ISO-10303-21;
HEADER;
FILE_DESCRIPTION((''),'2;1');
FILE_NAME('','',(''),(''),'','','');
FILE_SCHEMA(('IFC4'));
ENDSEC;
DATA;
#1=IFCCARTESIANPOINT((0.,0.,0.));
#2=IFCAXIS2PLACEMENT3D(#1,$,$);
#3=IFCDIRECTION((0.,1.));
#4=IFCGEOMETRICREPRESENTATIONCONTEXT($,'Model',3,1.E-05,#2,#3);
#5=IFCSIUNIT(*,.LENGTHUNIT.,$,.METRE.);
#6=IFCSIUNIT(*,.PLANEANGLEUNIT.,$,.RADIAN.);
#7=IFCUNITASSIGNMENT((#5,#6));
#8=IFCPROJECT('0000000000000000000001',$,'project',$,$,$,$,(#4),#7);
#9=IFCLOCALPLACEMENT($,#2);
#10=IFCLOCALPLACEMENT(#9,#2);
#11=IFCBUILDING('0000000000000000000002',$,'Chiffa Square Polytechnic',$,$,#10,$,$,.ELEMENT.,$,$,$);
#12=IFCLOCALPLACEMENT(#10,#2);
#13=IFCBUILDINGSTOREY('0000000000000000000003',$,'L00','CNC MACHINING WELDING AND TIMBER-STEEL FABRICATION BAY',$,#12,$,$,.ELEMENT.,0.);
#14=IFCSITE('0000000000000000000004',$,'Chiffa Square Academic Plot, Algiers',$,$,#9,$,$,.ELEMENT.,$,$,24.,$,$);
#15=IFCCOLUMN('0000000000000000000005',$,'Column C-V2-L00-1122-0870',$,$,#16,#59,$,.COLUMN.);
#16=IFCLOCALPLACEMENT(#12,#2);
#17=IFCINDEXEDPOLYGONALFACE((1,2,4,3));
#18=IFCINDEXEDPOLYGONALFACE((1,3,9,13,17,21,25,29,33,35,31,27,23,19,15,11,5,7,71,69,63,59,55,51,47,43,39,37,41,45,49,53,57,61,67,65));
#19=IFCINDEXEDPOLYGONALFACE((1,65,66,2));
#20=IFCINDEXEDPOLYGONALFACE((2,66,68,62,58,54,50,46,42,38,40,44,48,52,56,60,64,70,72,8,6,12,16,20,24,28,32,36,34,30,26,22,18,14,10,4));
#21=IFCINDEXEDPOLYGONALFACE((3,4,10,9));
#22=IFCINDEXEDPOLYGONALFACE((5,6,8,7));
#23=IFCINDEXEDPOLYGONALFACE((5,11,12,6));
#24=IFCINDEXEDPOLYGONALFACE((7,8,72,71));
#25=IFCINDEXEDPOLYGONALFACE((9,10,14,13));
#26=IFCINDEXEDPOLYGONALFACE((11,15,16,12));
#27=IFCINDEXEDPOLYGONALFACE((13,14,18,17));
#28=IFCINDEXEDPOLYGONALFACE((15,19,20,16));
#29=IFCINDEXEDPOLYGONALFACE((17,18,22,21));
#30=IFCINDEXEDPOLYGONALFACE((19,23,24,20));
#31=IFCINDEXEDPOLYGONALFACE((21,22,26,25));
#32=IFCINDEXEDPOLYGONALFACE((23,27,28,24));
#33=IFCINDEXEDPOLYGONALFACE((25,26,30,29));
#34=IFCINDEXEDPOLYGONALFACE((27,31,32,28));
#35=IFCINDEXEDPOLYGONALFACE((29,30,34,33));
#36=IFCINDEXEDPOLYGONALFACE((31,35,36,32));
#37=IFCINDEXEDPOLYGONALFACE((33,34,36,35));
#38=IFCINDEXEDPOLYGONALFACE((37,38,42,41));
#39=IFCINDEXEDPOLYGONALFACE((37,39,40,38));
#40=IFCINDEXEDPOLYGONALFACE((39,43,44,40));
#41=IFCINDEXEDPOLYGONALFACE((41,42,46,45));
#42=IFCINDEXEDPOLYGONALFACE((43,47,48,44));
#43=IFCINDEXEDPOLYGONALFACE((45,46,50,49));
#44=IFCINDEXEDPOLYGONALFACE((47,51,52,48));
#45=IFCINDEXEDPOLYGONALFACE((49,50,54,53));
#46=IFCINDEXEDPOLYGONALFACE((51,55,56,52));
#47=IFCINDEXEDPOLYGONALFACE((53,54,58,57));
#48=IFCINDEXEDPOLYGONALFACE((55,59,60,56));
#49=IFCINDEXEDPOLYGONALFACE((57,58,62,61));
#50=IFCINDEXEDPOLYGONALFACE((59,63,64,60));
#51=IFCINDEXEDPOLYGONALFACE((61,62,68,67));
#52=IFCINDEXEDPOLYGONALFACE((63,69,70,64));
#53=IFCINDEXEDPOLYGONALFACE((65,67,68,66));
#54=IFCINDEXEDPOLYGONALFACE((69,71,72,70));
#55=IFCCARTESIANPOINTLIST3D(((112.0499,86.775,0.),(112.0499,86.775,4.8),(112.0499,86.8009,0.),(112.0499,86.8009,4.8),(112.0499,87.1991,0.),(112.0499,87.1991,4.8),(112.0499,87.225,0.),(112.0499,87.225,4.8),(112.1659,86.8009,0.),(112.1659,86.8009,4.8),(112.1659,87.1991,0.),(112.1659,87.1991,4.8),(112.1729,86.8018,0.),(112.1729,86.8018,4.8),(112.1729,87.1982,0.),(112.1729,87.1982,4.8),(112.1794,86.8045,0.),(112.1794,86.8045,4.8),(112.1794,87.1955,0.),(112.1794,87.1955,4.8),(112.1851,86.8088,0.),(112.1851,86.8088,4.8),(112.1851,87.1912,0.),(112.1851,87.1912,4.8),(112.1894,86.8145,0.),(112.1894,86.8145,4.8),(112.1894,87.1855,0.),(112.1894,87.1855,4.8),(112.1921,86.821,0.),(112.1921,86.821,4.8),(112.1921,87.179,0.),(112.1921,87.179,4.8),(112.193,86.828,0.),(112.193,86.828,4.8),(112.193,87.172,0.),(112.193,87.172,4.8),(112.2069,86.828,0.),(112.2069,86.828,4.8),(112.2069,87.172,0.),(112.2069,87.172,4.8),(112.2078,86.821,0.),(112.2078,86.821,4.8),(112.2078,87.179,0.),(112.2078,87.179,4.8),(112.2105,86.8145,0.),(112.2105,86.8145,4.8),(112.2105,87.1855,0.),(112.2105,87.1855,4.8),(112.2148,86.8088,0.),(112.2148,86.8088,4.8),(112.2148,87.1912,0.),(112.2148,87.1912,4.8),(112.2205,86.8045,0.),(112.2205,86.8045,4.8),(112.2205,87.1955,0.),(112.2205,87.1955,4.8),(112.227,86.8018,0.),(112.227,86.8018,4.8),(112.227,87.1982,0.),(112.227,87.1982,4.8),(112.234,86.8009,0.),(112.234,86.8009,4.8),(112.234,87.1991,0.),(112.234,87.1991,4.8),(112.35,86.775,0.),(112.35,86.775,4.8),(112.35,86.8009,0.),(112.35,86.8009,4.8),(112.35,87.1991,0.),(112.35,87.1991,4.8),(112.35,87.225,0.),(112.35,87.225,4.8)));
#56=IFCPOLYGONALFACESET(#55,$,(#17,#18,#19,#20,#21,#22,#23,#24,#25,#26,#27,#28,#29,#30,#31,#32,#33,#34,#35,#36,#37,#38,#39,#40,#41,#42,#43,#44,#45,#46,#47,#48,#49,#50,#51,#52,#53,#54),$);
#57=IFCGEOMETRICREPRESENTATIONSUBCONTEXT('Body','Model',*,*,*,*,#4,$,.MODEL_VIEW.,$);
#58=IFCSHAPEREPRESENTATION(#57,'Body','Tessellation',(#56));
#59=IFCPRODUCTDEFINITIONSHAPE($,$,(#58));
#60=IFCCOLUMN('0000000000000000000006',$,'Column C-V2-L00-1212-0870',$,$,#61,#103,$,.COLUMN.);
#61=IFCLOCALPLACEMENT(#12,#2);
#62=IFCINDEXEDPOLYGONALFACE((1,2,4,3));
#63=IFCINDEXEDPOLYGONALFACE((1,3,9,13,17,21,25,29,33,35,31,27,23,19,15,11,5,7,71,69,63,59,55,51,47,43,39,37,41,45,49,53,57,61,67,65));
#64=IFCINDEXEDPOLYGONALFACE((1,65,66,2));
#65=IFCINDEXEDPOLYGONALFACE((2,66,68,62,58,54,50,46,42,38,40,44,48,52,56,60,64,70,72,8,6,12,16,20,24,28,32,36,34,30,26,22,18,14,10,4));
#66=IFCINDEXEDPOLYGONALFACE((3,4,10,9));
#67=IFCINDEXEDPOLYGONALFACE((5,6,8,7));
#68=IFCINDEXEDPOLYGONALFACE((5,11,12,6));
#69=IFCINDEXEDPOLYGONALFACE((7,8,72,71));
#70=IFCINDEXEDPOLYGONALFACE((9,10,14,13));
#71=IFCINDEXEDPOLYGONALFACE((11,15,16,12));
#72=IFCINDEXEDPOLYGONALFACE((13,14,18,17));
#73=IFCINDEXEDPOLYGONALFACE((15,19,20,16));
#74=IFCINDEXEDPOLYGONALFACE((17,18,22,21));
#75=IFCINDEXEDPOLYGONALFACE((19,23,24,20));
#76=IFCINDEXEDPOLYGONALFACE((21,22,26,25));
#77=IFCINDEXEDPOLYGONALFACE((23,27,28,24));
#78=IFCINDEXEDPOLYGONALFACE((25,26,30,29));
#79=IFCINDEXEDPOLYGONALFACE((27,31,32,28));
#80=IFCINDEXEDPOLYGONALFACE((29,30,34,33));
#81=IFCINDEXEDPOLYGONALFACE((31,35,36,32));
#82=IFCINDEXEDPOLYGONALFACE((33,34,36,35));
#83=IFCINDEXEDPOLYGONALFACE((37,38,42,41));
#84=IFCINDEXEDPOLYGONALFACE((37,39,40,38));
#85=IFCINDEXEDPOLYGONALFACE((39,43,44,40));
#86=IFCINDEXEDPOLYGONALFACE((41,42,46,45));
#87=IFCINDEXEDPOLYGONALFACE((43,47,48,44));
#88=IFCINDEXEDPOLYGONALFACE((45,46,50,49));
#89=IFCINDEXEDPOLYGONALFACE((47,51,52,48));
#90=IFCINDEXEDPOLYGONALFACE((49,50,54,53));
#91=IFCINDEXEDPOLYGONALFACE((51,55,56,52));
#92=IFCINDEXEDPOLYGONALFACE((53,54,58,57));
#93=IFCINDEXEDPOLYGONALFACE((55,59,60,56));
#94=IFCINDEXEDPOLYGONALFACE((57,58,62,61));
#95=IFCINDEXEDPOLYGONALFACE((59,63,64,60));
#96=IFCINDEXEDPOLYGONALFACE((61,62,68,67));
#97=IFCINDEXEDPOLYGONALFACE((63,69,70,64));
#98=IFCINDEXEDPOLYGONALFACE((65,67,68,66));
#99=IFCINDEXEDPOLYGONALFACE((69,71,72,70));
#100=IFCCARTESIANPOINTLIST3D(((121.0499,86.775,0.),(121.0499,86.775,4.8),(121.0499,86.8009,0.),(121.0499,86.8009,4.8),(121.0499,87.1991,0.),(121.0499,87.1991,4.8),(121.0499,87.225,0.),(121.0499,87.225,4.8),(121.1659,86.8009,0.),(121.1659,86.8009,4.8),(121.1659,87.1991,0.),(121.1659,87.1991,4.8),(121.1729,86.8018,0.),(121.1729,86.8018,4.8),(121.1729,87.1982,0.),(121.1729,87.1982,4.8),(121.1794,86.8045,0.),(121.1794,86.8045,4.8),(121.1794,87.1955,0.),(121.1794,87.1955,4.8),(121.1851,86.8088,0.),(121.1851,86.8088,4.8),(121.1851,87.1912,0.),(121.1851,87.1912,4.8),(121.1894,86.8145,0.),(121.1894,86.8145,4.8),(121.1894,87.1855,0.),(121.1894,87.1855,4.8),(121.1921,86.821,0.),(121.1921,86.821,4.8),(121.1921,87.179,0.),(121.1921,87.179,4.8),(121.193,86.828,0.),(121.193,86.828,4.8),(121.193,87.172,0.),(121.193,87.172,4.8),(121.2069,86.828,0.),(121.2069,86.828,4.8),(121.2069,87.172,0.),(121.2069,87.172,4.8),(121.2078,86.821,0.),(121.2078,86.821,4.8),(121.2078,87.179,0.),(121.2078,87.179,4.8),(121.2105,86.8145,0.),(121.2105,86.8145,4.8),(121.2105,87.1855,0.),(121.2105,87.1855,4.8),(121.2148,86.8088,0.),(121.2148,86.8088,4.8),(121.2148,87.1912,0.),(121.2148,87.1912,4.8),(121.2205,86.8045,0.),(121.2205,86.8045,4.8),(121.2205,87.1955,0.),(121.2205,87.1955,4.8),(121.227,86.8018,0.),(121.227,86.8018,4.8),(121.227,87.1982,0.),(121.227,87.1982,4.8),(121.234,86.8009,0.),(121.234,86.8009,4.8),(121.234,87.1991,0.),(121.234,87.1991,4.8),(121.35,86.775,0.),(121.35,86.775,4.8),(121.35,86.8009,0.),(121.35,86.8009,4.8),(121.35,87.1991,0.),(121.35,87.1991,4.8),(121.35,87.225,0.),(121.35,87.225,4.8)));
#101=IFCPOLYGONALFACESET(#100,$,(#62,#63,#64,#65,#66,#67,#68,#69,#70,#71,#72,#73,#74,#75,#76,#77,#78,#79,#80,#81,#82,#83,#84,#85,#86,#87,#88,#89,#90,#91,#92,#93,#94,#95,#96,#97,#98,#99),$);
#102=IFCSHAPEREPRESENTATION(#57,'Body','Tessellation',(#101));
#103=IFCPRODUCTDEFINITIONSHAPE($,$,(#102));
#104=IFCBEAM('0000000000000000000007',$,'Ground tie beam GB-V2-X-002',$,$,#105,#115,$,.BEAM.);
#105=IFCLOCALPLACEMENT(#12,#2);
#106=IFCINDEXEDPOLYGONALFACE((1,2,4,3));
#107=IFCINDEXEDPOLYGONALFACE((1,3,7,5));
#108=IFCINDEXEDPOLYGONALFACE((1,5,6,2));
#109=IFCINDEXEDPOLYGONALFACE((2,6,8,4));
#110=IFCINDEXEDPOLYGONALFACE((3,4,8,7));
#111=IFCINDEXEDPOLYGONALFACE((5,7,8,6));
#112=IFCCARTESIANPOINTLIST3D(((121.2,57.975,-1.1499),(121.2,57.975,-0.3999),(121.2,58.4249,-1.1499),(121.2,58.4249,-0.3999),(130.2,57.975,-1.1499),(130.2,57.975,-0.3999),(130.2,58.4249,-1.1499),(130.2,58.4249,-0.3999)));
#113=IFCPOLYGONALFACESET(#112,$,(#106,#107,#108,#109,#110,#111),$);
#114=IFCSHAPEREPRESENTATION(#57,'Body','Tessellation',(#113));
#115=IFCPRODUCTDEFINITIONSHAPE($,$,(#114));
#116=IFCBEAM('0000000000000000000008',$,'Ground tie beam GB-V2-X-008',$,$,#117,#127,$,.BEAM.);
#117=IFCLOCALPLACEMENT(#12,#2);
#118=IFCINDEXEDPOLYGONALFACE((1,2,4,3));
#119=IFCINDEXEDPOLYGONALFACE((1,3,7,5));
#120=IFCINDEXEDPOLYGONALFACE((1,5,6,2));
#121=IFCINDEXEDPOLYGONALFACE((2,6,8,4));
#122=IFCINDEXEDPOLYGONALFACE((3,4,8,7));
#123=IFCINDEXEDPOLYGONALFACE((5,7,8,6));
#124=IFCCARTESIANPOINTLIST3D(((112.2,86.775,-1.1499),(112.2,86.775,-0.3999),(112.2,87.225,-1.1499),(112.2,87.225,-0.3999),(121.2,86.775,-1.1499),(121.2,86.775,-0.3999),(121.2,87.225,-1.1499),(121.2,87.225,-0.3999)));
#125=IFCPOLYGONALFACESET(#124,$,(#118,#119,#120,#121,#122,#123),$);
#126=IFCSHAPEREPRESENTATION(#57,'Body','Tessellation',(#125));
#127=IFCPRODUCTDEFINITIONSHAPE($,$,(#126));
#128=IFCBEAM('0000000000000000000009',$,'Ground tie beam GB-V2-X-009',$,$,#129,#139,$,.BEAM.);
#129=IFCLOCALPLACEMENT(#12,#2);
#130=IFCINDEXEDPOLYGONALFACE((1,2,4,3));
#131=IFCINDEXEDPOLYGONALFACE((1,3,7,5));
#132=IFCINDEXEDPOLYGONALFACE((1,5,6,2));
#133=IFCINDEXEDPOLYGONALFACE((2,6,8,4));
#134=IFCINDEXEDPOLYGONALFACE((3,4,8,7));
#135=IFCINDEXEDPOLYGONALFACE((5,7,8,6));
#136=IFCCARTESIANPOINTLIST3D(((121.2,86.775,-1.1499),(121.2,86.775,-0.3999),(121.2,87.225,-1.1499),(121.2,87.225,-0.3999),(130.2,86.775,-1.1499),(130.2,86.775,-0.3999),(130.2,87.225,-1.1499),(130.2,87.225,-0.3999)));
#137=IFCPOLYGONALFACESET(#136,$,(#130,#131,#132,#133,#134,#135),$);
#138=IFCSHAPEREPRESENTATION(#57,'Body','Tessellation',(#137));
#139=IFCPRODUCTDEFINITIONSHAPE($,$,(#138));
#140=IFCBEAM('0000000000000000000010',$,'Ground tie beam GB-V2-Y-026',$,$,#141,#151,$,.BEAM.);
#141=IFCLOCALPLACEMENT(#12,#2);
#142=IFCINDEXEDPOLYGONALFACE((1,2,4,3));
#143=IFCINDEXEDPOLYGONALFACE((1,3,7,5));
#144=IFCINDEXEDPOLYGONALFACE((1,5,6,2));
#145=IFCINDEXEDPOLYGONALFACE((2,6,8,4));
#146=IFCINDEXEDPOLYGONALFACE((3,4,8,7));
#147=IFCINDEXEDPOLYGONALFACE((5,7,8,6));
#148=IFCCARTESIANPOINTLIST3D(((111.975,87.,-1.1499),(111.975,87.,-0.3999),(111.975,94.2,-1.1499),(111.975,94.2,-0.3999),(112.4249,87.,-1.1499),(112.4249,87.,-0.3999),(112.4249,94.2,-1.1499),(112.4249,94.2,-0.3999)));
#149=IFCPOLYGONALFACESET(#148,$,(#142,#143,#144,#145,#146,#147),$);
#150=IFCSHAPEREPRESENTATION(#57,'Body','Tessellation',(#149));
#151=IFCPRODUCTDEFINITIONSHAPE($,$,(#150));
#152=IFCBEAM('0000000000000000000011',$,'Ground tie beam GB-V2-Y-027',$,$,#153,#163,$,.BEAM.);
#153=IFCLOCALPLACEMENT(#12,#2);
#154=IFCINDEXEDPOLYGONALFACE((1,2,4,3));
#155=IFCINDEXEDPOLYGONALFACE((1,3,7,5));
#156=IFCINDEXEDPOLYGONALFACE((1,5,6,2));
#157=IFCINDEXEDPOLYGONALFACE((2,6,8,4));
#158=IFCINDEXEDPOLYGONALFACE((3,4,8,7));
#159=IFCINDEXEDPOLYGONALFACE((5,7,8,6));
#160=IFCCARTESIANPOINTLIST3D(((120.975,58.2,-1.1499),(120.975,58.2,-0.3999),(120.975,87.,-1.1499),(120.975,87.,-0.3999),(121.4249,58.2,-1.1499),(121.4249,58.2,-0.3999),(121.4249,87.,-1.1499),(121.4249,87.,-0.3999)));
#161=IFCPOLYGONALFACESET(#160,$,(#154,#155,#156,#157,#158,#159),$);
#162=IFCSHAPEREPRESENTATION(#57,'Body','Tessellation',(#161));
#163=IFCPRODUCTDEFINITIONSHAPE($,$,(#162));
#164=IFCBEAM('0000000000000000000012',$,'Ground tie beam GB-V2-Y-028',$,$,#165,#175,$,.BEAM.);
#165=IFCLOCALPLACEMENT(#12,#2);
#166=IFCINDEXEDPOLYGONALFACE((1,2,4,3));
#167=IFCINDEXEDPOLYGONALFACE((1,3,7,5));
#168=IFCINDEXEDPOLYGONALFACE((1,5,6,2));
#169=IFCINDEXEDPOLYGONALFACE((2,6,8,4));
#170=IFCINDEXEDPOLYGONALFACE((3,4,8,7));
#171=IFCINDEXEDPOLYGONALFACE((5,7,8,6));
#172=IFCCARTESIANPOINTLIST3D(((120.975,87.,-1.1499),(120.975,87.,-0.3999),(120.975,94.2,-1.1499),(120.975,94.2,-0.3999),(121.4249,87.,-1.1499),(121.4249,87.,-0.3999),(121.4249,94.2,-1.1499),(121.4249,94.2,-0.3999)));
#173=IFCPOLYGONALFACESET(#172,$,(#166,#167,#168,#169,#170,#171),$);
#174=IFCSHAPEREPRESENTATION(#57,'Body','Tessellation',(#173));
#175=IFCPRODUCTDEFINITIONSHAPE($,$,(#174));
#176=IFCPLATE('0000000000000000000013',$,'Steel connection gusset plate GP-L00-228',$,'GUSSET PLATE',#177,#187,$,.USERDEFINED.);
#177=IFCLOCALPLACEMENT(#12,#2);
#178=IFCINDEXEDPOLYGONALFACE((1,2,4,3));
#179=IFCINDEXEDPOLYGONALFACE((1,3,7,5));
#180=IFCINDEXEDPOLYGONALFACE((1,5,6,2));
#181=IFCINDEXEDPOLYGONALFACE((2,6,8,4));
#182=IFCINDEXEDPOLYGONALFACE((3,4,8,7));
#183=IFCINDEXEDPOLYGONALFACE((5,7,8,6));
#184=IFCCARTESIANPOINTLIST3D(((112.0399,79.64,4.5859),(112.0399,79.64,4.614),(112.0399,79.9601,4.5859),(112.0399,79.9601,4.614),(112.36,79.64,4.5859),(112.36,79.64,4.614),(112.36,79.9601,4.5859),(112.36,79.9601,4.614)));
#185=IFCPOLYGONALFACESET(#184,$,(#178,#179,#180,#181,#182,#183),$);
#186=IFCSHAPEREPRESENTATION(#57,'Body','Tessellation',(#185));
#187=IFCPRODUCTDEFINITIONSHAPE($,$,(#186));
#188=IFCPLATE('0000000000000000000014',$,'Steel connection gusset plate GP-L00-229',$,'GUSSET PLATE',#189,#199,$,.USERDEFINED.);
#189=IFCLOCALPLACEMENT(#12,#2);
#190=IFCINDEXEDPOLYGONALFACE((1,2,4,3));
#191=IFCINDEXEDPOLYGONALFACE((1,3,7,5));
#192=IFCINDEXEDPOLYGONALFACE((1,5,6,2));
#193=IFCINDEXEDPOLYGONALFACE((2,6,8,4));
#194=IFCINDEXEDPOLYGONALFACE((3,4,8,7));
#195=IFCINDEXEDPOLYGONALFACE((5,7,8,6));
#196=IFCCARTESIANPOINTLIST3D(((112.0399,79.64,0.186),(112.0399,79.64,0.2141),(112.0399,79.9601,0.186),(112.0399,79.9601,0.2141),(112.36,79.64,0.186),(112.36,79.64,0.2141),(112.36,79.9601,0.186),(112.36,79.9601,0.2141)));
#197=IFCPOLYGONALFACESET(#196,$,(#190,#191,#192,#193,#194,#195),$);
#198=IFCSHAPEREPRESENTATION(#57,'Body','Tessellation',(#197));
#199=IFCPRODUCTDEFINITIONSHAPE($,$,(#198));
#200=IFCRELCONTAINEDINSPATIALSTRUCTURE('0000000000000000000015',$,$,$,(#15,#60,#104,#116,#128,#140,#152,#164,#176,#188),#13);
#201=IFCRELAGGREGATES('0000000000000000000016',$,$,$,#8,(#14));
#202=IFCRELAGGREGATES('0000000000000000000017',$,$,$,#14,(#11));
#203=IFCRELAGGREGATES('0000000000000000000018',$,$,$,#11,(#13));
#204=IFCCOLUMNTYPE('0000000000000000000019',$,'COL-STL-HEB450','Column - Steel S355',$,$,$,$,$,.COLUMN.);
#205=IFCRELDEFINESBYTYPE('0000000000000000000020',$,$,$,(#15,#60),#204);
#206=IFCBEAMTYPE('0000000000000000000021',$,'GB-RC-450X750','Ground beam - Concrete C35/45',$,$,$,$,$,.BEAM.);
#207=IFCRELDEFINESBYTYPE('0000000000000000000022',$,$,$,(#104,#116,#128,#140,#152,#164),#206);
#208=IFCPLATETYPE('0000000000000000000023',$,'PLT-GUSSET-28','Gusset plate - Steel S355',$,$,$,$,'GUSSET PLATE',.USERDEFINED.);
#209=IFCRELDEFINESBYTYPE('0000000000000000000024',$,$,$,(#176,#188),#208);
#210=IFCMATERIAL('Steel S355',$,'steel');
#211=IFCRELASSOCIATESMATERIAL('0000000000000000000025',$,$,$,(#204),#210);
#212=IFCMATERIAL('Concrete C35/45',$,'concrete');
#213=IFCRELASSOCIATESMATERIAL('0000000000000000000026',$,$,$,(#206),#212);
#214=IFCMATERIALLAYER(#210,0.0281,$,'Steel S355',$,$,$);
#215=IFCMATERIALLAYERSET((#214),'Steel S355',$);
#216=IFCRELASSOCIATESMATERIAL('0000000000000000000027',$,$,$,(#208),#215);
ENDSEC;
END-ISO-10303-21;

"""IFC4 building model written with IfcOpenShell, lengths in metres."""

from ifc_helpers import new_model, si_unit, direction, frame, origin, origin_2d, place, context, subcontext, project, spatial, rectangle, i_section, extrude, material, layer, layer_set, material_profile, profile_set, type_object, element, save


model = new_model("IFC4")

# Units and contexts
model_context = context("Model", 3, precision=1e-05, world=origin(), true_north=direction((0.0, 1.0)))
body_context = subcontext(model_context, "Body", "Model", "MODEL_VIEW")
ifc_project = project(units=[si_unit("LENGTHUNIT", "METRE"), si_unit("PLANEANGLEUNIT", "RADIAN")], contexts=[model_context])

# Site, building, storey
site_placement = place(None, origin())
site = spatial("IfcSite", under=ifc_project, at=site_placement, Name="Chiffa Square Academic Plot, Algiers", CompositionType="ELEMENT", RefElevation=24.0)
building_placement = place(site_placement, origin())
building = spatial("IfcBuilding", under=site, at=building_placement, Name="Chiffa Square Polytechnic", CompositionType="ELEMENT")
storey_placement = place(building_placement, origin())
storey = spatial("IfcBuildingStorey", under=building, at=storey_placement, Name="L00", Description="CNC MACHINING WELDING AND TIMBER-STEEL FABRICATION BAY", CompositionType="ELEMENT", Elevation=0.0)

# Columns
ifc_material_1 = material(Name="Steel S355", Category="steel")
ifc_material_profile_1 = material_profile(ifc_material_1, i_section(OverallWidth=0.3, OverallDepth=0.45, WebThickness=0.0139, FlangeThickness=0.0259, FilletRadius=0.0271, at=origin_2d()), Name="HEB 450")
ifc_profile_set_1 = profile_set([ifc_material_profile_1], Name="Steel S355")
column_type_1 = type_object("IfcColumnType", Name="COL-STL-HEB450", Description="Column - Steel S355", PredefinedType="COLUMN", material=ifc_profile_set_1)
for number, where, z_axis, x_axis, name in (
    (1, (112.2, 87.0, 0.0), (0.0, 0.0, 1.0), (1.0, 0.0, 0.0), "Column C-V2-L00-1122-0870"),
    (2, (121.2, 87.0, 0.0), (0.0, 0.0, 1.0), (1.0, 0.0, 0.0), "Column C-V2-L00-1212-0870"),
):
    element("IfcColumn", number, at=place(storey_placement, frame(where, z_axis=z_axis, x_axis=x_axis)), inside=storey, type_object=column_type_1, Name=name, PredefinedType="COLUMN", context=body_context, shape_type="SweptSolid", body=[
        extrude(i_section(OverallWidth=0.3, OverallDepth=0.45, WebThickness=0.0139, FlangeThickness=0.0259, FilletRadius=0.0271, at=origin_2d()), origin(), (0.0, 0.0, 1.0), 4.8),
    ])

# Beams
ifc_material_2 = material(Name="Concrete C35/45", Category="concrete")
ifc_material_profile_2 = material_profile(ifc_material_2, rectangle(XDim=0.45, YDim=0.75, at=origin_2d()), Name="RC 450x750")
ifc_profile_set_2 = profile_set([ifc_material_profile_2], Name="Concrete C35/45")
beam_type = type_object("IfcBeamType", Name="GB-RC-450X750", Description="Ground beam - Concrete C35/45", PredefinedType="BEAM", material=ifc_profile_set_2)
for number, where, z_axis, x_axis, name in (
    (3, (121.2, 58.2, -0.7749), (1.0, 0.0, 0.0), (0.0, 1.0, 0.0), "Ground tie beam GB-V2-X-002"),
    (4, (112.2, 87.0, -0.7749), (1.0, 0.0, 0.0), (0.0, 1.0, 0.0), "Ground tie beam GB-V2-X-008"),
    (5, (121.2, 87.0, -0.7749), (1.0, 0.0, 0.0), (0.0, 1.0, 0.0), "Ground tie beam GB-V2-X-009"),
):
    element("IfcBeam", number, at=place(storey_placement, frame(where, z_axis=z_axis, x_axis=x_axis)), inside=storey, type_object=beam_type, Name=name, PredefinedType="BEAM", context=body_context, shape_type="SweptSolid", body=[
        extrude(rectangle(XDim=0.45, YDim=0.75, at=origin_2d()), origin(), (0.0, 0.0, 1.0), 9.0),
    ])
beam_1_placement = place(storey_placement, frame((112.2, 87.0, -0.7749), z_axis=(0.0, 1.0, 0.0), x_axis=(-1.0, 0.0, 0.0)))
element("IfcBeam", 6, at=beam_1_placement, inside=storey, type_object=beam_type, Name="Ground tie beam GB-V2-Y-026", PredefinedType="BEAM", context=body_context, shape_type="SweptSolid", body=[
    extrude(rectangle(XDim=0.45, YDim=0.75, at=origin_2d()), origin(), (0.0, 0.0, 1.0), 7.2),
])
beam_2_placement = place(storey_placement, frame((121.2, 58.2, -0.7749), z_axis=(0.0, 1.0, 0.0), x_axis=(-1.0, 0.0, 0.0)))
element("IfcBeam", 7, at=beam_2_placement, inside=storey, type_object=beam_type, Name="Ground tie beam GB-V2-Y-027", PredefinedType="BEAM", context=body_context, shape_type="SweptSolid", body=[
    extrude(rectangle(XDim=0.45, YDim=0.75, at=origin_2d()), origin(), (0.0, 0.0, 1.0), 28.8),
])
beam_3_placement = place(storey_placement, frame((121.2, 87.0, -0.7749), z_axis=(0.0, 1.0, 0.0), x_axis=(-1.0, 0.0, 0.0)))
element("IfcBeam", 8, at=beam_3_placement, inside=storey, type_object=beam_type, Name="Ground tie beam GB-V2-Y-028", PredefinedType="BEAM", context=body_context, shape_type="SweptSolid", body=[
    extrude(rectangle(XDim=0.45, YDim=0.75, at=origin_2d()), origin(), (0.0, 0.0, 1.0), 7.2),
])

# Plates
ifc_layer_1 = layer(ifc_material_1, 0.0281, Name="Steel S355")
ifc_layer_set_1 = layer_set([ifc_layer_1], Name="Steel S355")
plate_type = type_object("IfcPlateType", Name="PLT-GUSSET-28", Description="Gusset plate - Steel S355", ElementType="GUSSET PLATE", PredefinedType="USERDEFINED", material=ifc_layer_set_1)
for number, where, z_axis, x_axis, name in (
    (9, (112.2, 79.8, 4.5859), (0.0, 0.0, 1.0), (1.0, 0.0, 0.0), "Steel connection gusset plate GP-L00-228"),
    (10, (112.2, 79.8, 0.186), (0.0, 0.0, 1.0), (1.0, 0.0, 0.0), "Steel connection gusset plate GP-L00-229"),
):
    element("IfcPlate", number, at=place(storey_placement, frame(where, z_axis=z_axis, x_axis=x_axis)), inside=storey, type_object=plate_type, Name=name, ObjectType="GUSSET PLATE", PredefinedType="USERDEFINED", context=body_context, shape_type="SweptSolid", body=[
        extrude(rectangle(XDim=0.3201, YDim=0.3201, at=origin_2d()), origin(), (0.0, 0.0, 1.0), 0.0281),
    ])

save(model, "model.ifc")
